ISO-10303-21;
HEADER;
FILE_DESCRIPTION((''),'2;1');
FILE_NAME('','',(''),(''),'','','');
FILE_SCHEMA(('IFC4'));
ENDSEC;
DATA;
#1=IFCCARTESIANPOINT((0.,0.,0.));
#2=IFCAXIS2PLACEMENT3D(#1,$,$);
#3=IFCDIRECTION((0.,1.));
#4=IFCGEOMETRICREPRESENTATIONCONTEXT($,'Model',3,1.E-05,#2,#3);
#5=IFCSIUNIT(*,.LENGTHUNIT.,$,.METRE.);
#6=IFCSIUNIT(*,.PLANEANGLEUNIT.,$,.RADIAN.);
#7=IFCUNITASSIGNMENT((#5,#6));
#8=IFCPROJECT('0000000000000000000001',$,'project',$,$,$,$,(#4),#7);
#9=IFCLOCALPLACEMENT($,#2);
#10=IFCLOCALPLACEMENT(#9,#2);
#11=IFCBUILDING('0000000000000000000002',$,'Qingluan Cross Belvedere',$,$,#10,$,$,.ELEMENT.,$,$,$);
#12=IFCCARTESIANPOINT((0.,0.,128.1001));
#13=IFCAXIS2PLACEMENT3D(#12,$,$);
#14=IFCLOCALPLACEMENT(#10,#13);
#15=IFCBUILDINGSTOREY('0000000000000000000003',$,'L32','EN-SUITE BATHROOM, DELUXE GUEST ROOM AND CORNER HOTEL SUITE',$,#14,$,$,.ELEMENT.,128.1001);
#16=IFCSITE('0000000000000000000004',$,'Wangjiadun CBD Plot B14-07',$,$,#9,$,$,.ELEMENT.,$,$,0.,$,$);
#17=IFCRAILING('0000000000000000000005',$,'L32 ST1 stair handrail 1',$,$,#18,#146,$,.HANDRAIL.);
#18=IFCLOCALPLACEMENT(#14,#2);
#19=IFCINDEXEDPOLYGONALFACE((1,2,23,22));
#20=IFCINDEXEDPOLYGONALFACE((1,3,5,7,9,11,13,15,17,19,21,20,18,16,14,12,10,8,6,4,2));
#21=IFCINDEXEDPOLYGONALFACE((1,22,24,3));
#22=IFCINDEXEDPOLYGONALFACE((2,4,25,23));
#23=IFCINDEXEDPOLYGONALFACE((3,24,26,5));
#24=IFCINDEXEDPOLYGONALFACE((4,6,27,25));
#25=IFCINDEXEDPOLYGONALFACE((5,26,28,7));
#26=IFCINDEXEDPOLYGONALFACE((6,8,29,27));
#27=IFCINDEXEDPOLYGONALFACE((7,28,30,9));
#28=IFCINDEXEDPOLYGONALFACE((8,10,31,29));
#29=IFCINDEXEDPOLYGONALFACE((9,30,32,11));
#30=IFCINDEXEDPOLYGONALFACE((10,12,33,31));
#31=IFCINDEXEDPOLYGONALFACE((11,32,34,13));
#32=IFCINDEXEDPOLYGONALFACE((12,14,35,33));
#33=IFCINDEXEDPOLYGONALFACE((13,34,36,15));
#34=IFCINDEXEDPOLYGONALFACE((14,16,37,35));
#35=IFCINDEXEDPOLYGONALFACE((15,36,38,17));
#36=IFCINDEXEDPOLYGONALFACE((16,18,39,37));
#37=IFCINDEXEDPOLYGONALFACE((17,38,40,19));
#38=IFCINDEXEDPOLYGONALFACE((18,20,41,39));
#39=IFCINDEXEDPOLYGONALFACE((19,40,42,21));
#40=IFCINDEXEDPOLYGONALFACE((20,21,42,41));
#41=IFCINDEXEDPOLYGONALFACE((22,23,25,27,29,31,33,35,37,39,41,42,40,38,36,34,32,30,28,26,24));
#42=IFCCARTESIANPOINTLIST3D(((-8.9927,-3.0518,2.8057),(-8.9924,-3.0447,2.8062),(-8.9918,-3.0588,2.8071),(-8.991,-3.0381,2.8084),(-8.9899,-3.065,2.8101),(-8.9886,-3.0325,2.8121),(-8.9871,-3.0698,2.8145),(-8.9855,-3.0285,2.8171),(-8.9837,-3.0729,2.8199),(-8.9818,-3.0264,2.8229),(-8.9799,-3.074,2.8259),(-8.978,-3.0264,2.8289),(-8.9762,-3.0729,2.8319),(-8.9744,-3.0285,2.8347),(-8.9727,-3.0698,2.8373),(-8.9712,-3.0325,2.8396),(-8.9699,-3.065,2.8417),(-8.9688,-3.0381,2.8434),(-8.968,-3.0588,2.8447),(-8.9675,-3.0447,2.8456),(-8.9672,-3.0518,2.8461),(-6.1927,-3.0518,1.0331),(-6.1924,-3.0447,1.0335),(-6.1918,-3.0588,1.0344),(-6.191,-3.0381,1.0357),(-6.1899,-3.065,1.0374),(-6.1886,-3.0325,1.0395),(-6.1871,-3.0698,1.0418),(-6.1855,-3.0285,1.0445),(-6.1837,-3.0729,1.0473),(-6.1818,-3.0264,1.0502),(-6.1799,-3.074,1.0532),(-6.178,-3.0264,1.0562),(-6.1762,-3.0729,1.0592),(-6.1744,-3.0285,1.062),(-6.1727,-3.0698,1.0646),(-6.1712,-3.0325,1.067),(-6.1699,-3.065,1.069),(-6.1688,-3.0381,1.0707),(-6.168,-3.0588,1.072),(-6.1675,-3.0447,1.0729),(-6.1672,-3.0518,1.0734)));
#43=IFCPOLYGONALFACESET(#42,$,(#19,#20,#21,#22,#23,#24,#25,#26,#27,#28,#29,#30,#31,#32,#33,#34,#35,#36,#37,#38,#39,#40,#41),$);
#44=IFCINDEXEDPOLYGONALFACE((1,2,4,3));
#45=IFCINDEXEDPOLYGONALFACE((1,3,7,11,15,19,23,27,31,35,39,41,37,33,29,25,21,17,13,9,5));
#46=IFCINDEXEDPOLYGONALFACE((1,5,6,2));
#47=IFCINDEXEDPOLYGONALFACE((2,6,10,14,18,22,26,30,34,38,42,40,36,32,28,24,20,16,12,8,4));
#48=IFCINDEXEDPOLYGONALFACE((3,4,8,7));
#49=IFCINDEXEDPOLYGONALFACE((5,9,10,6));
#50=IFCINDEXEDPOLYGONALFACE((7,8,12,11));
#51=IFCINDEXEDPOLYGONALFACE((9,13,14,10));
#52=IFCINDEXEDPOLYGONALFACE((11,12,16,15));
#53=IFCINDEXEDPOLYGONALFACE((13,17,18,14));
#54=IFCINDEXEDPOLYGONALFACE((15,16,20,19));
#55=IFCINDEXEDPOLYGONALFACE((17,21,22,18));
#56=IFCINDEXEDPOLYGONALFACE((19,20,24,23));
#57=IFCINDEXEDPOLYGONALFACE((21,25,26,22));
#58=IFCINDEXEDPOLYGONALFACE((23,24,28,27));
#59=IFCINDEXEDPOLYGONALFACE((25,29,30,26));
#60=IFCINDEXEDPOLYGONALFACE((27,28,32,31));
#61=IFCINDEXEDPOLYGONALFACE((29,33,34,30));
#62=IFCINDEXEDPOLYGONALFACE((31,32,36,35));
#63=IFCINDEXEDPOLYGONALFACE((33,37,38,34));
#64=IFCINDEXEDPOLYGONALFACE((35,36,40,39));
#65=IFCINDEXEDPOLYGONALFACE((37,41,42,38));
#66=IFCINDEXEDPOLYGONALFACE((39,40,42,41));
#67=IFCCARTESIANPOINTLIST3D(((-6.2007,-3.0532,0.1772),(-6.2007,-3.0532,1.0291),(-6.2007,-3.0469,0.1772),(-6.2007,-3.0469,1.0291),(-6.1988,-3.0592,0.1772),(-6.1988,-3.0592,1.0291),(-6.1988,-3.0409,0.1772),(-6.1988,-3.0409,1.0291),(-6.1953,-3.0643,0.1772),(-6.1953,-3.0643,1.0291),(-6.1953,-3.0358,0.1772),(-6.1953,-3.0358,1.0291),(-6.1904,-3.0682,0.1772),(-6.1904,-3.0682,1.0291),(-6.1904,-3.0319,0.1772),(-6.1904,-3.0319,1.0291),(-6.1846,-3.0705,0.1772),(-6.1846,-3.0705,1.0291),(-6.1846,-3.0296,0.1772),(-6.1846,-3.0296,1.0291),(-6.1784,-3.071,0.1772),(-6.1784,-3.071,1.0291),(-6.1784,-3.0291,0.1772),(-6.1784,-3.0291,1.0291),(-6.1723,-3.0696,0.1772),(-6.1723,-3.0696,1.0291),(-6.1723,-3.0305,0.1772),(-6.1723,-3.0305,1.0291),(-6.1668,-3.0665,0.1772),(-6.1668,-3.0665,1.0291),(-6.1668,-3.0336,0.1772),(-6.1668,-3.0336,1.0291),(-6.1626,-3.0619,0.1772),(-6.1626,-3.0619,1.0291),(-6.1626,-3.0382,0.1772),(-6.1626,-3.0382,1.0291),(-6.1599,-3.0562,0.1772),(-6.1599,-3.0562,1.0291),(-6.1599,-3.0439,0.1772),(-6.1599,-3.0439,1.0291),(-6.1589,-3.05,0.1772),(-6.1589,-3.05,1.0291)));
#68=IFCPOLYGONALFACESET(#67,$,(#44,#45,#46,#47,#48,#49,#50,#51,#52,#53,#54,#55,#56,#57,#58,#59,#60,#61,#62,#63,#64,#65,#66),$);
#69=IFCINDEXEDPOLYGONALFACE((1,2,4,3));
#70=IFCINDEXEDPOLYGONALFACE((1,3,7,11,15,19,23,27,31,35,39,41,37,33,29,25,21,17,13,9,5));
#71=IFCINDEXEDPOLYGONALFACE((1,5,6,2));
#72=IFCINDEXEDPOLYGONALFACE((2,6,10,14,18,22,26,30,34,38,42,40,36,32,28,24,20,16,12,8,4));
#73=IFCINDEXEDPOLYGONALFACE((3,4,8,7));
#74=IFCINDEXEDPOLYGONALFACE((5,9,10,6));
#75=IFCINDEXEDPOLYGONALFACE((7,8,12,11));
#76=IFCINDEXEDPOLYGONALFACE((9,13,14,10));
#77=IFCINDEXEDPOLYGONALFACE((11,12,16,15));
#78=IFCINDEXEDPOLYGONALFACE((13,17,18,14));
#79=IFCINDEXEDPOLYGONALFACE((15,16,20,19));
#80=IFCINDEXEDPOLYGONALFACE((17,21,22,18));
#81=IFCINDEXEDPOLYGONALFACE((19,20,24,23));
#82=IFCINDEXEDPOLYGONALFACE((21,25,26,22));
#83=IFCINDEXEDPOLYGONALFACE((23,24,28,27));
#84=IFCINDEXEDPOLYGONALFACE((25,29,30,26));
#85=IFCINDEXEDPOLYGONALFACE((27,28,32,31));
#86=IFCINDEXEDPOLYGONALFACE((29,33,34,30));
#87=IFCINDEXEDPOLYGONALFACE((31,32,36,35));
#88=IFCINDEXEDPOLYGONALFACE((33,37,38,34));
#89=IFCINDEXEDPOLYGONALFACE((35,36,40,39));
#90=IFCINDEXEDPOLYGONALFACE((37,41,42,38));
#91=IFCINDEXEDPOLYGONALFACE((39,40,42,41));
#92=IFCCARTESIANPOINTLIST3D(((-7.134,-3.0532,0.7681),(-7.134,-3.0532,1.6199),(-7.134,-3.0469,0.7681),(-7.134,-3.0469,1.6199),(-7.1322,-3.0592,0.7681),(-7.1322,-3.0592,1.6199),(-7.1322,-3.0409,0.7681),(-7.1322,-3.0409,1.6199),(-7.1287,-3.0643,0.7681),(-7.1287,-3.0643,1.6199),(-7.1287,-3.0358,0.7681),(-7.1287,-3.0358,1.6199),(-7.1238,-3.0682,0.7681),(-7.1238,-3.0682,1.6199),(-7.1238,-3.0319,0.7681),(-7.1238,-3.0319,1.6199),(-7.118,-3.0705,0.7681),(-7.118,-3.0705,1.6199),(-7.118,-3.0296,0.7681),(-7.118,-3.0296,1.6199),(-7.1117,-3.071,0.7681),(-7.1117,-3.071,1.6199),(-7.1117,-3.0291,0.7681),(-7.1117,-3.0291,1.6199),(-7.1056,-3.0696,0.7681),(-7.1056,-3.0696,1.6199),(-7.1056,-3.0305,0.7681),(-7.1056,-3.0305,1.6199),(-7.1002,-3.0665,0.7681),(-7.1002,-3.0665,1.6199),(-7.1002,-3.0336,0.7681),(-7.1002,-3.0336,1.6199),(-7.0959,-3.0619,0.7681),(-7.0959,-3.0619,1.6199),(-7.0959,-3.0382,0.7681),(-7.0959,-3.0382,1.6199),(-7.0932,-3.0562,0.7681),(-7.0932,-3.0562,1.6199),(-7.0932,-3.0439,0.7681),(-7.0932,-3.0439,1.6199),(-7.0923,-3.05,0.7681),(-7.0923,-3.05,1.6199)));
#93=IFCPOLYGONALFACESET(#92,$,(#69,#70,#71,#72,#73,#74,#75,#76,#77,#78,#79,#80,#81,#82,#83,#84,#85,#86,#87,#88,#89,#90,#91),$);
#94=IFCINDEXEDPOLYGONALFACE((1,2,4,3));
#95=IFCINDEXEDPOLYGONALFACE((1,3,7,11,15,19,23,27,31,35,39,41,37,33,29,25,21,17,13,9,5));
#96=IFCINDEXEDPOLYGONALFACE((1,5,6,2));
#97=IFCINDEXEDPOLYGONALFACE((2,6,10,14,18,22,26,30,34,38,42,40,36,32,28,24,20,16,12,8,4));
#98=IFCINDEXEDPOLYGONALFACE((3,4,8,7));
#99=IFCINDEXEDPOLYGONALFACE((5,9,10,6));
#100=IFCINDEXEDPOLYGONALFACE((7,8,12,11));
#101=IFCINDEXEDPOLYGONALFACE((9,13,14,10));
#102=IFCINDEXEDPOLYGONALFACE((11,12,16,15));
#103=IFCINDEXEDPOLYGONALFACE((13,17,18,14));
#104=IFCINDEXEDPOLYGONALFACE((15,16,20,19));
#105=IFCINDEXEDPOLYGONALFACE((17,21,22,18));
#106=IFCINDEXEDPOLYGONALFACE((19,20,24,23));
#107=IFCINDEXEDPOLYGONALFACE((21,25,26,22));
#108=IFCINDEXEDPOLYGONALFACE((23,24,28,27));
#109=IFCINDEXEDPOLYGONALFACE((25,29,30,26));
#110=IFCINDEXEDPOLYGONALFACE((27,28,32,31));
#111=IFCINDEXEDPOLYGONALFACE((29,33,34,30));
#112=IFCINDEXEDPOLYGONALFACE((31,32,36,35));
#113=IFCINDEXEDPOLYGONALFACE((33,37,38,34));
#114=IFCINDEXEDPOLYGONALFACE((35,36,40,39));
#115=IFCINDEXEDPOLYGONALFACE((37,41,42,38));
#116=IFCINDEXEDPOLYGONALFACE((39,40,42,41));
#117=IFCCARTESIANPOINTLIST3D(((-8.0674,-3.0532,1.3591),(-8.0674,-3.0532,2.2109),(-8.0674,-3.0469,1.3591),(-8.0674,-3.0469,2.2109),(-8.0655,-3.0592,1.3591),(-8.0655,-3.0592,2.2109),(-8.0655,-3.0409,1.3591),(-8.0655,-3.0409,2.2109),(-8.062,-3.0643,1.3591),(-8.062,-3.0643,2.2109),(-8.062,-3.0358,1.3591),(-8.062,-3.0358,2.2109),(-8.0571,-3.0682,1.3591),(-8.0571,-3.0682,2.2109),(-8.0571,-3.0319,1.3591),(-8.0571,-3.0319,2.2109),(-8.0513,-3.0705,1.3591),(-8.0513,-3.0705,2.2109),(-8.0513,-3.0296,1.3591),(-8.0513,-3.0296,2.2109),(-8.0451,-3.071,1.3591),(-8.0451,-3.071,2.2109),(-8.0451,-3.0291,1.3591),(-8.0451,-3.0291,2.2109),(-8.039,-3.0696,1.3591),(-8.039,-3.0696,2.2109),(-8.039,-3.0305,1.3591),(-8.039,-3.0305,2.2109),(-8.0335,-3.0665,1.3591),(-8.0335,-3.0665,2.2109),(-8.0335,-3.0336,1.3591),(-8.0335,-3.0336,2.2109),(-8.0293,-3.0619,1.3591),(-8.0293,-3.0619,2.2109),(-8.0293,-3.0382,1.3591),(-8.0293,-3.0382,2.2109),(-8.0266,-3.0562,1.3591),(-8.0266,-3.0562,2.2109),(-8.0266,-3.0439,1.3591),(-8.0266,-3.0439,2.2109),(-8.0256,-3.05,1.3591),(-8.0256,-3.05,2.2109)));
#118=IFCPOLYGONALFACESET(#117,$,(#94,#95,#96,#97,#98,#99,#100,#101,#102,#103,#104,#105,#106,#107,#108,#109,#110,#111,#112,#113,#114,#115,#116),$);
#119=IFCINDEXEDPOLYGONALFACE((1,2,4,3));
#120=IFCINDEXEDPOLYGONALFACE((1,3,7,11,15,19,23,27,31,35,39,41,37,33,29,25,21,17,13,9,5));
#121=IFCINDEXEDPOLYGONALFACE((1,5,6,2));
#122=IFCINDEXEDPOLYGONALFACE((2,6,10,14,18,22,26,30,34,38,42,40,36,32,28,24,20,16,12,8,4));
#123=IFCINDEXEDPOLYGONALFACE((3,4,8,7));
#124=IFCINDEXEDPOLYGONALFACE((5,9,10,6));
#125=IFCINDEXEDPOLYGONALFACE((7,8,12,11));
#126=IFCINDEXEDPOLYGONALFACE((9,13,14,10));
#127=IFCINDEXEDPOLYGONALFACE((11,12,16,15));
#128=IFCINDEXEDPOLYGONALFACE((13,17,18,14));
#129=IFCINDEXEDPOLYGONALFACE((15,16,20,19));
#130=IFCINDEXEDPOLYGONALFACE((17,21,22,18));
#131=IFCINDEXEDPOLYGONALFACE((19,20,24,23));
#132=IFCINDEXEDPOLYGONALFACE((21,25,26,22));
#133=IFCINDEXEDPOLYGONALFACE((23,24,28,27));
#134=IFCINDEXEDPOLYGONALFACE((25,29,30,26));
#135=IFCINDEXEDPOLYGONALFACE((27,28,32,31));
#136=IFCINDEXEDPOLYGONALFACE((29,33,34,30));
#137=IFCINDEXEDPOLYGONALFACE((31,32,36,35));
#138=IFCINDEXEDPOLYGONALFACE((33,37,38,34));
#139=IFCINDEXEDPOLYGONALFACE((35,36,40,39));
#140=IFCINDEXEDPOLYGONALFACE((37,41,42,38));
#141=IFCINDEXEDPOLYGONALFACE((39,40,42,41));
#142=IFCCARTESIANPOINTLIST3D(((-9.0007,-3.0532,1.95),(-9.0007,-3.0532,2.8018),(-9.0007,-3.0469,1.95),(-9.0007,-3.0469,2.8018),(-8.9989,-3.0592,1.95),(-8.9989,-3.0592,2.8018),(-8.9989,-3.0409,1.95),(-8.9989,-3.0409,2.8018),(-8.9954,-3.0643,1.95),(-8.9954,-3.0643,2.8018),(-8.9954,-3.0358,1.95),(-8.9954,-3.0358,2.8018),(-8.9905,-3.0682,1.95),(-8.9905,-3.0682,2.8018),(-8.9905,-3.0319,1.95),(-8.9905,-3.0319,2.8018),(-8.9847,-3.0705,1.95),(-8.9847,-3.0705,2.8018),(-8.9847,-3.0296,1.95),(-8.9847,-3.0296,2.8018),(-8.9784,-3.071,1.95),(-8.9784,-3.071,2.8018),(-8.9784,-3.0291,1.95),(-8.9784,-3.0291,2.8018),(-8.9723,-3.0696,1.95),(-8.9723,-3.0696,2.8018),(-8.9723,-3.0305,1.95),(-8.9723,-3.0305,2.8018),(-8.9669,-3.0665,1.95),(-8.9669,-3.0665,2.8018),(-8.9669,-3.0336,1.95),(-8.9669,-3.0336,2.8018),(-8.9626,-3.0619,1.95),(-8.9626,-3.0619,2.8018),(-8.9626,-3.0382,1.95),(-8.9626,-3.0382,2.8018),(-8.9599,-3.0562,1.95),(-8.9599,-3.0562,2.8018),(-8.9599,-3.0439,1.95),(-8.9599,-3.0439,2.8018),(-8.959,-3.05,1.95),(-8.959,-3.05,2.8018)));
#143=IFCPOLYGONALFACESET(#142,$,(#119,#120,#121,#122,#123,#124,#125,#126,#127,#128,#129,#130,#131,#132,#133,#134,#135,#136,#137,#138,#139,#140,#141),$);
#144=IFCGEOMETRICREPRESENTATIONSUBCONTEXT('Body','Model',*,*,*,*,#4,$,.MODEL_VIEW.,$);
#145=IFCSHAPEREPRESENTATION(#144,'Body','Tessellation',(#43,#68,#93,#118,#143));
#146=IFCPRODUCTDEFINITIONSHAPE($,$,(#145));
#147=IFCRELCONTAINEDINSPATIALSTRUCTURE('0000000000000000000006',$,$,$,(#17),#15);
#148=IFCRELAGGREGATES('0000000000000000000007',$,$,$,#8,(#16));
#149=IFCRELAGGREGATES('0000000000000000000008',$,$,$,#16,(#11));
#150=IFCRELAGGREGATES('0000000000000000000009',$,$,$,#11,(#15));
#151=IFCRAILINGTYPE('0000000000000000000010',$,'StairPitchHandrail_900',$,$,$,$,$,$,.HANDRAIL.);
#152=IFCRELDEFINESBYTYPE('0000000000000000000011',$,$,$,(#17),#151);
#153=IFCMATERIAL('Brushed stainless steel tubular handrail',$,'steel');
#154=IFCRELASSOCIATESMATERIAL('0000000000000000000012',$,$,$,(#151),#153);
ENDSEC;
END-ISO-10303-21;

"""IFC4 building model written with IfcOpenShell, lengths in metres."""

from ifc_helpers import new_model, si_unit, direction, frame, origin, origin_2d, place, context, subcontext, project, spatial, circle, extrude, material, type_object, element, save


model = new_model("IFC4")

# Units and contexts
model_context = context("Model", 3, precision=1e-05, world=origin(), true_north=direction((0.0, 1.0)))
body_context = subcontext(model_context, "Body", "Model", "MODEL_VIEW")
ifc_project = project(units=[si_unit("LENGTHUNIT", "METRE"), si_unit("PLANEANGLEUNIT", "RADIAN")], contexts=[model_context])

# Site, building, storey
site_placement = place(None, origin())
site = spatial("IfcSite", under=ifc_project, at=site_placement, Name="Wangjiadun CBD Plot B14-07", CompositionType="ELEMENT", RefElevation=0.0)
building_placement = place(site_placement, origin())
building = spatial("IfcBuilding", under=site, at=building_placement, Name="Qingluan Cross Belvedere", CompositionType="ELEMENT")
storey_placement = place(building_placement, frame((0.0, 0.0, 128.1001)))
storey = spatial("IfcBuildingStorey", under=building, at=storey_placement, Name="L32", Description="EN-SUITE BATHROOM, DELUXE GUEST ROOM AND CORNER HOTEL SUITE", CompositionType="ELEMENT", Elevation=128.1001)

# Railing
ifc_material_1 = material(Name="Brushed stainless steel tubular handrail", Category="steel")
railing_type_1 = type_object("IfcRailingType", Name="StairPitchHandrail_900", PredefinedType="HANDRAIL", material=ifc_material_1)
railing_1_placement = place(storey_placement, frame((-6.1799, -3.05, 0.1772)))
element("IfcRailing", 1, at=railing_1_placement, inside=storey, type_object=railing_type_1, Name="L32 ST1 stair handrail 1", PredefinedType="HANDRAIL", context=body_context, shape_type="SweptSolid", body=[
    extrude(circle(Radius=0.0239, at=origin_2d()), frame((0.0, 0.0, 0.876), z_axis=(-0.844909, 0.0, 0.53491), x_axis=(0.0, -1.0, 0.0)), (0.0, 0.0, 1.0), 3.314),
    extrude(circle(Radius=0.021, at=origin_2d()), origin(), (0.0, 0.0, 1.0), 0.8518),
    extrude(circle(Radius=0.021, at=origin_2d()), frame((-0.9333, 0.0, 0.5908)), (0.0, 0.0, 1.0), 0.8518),
    extrude(circle(Radius=0.021, at=origin_2d()), frame((-1.8667, 0.0, 1.1819)), (0.0, 0.0, 1.0), 0.8518),
    extrude(circle(Radius=0.021, at=origin_2d()), frame((-2.8, 0.0, 1.7727)), (0.0, 0.0, 1.0), 0.8518),
])

save(model, "model.ifc")
